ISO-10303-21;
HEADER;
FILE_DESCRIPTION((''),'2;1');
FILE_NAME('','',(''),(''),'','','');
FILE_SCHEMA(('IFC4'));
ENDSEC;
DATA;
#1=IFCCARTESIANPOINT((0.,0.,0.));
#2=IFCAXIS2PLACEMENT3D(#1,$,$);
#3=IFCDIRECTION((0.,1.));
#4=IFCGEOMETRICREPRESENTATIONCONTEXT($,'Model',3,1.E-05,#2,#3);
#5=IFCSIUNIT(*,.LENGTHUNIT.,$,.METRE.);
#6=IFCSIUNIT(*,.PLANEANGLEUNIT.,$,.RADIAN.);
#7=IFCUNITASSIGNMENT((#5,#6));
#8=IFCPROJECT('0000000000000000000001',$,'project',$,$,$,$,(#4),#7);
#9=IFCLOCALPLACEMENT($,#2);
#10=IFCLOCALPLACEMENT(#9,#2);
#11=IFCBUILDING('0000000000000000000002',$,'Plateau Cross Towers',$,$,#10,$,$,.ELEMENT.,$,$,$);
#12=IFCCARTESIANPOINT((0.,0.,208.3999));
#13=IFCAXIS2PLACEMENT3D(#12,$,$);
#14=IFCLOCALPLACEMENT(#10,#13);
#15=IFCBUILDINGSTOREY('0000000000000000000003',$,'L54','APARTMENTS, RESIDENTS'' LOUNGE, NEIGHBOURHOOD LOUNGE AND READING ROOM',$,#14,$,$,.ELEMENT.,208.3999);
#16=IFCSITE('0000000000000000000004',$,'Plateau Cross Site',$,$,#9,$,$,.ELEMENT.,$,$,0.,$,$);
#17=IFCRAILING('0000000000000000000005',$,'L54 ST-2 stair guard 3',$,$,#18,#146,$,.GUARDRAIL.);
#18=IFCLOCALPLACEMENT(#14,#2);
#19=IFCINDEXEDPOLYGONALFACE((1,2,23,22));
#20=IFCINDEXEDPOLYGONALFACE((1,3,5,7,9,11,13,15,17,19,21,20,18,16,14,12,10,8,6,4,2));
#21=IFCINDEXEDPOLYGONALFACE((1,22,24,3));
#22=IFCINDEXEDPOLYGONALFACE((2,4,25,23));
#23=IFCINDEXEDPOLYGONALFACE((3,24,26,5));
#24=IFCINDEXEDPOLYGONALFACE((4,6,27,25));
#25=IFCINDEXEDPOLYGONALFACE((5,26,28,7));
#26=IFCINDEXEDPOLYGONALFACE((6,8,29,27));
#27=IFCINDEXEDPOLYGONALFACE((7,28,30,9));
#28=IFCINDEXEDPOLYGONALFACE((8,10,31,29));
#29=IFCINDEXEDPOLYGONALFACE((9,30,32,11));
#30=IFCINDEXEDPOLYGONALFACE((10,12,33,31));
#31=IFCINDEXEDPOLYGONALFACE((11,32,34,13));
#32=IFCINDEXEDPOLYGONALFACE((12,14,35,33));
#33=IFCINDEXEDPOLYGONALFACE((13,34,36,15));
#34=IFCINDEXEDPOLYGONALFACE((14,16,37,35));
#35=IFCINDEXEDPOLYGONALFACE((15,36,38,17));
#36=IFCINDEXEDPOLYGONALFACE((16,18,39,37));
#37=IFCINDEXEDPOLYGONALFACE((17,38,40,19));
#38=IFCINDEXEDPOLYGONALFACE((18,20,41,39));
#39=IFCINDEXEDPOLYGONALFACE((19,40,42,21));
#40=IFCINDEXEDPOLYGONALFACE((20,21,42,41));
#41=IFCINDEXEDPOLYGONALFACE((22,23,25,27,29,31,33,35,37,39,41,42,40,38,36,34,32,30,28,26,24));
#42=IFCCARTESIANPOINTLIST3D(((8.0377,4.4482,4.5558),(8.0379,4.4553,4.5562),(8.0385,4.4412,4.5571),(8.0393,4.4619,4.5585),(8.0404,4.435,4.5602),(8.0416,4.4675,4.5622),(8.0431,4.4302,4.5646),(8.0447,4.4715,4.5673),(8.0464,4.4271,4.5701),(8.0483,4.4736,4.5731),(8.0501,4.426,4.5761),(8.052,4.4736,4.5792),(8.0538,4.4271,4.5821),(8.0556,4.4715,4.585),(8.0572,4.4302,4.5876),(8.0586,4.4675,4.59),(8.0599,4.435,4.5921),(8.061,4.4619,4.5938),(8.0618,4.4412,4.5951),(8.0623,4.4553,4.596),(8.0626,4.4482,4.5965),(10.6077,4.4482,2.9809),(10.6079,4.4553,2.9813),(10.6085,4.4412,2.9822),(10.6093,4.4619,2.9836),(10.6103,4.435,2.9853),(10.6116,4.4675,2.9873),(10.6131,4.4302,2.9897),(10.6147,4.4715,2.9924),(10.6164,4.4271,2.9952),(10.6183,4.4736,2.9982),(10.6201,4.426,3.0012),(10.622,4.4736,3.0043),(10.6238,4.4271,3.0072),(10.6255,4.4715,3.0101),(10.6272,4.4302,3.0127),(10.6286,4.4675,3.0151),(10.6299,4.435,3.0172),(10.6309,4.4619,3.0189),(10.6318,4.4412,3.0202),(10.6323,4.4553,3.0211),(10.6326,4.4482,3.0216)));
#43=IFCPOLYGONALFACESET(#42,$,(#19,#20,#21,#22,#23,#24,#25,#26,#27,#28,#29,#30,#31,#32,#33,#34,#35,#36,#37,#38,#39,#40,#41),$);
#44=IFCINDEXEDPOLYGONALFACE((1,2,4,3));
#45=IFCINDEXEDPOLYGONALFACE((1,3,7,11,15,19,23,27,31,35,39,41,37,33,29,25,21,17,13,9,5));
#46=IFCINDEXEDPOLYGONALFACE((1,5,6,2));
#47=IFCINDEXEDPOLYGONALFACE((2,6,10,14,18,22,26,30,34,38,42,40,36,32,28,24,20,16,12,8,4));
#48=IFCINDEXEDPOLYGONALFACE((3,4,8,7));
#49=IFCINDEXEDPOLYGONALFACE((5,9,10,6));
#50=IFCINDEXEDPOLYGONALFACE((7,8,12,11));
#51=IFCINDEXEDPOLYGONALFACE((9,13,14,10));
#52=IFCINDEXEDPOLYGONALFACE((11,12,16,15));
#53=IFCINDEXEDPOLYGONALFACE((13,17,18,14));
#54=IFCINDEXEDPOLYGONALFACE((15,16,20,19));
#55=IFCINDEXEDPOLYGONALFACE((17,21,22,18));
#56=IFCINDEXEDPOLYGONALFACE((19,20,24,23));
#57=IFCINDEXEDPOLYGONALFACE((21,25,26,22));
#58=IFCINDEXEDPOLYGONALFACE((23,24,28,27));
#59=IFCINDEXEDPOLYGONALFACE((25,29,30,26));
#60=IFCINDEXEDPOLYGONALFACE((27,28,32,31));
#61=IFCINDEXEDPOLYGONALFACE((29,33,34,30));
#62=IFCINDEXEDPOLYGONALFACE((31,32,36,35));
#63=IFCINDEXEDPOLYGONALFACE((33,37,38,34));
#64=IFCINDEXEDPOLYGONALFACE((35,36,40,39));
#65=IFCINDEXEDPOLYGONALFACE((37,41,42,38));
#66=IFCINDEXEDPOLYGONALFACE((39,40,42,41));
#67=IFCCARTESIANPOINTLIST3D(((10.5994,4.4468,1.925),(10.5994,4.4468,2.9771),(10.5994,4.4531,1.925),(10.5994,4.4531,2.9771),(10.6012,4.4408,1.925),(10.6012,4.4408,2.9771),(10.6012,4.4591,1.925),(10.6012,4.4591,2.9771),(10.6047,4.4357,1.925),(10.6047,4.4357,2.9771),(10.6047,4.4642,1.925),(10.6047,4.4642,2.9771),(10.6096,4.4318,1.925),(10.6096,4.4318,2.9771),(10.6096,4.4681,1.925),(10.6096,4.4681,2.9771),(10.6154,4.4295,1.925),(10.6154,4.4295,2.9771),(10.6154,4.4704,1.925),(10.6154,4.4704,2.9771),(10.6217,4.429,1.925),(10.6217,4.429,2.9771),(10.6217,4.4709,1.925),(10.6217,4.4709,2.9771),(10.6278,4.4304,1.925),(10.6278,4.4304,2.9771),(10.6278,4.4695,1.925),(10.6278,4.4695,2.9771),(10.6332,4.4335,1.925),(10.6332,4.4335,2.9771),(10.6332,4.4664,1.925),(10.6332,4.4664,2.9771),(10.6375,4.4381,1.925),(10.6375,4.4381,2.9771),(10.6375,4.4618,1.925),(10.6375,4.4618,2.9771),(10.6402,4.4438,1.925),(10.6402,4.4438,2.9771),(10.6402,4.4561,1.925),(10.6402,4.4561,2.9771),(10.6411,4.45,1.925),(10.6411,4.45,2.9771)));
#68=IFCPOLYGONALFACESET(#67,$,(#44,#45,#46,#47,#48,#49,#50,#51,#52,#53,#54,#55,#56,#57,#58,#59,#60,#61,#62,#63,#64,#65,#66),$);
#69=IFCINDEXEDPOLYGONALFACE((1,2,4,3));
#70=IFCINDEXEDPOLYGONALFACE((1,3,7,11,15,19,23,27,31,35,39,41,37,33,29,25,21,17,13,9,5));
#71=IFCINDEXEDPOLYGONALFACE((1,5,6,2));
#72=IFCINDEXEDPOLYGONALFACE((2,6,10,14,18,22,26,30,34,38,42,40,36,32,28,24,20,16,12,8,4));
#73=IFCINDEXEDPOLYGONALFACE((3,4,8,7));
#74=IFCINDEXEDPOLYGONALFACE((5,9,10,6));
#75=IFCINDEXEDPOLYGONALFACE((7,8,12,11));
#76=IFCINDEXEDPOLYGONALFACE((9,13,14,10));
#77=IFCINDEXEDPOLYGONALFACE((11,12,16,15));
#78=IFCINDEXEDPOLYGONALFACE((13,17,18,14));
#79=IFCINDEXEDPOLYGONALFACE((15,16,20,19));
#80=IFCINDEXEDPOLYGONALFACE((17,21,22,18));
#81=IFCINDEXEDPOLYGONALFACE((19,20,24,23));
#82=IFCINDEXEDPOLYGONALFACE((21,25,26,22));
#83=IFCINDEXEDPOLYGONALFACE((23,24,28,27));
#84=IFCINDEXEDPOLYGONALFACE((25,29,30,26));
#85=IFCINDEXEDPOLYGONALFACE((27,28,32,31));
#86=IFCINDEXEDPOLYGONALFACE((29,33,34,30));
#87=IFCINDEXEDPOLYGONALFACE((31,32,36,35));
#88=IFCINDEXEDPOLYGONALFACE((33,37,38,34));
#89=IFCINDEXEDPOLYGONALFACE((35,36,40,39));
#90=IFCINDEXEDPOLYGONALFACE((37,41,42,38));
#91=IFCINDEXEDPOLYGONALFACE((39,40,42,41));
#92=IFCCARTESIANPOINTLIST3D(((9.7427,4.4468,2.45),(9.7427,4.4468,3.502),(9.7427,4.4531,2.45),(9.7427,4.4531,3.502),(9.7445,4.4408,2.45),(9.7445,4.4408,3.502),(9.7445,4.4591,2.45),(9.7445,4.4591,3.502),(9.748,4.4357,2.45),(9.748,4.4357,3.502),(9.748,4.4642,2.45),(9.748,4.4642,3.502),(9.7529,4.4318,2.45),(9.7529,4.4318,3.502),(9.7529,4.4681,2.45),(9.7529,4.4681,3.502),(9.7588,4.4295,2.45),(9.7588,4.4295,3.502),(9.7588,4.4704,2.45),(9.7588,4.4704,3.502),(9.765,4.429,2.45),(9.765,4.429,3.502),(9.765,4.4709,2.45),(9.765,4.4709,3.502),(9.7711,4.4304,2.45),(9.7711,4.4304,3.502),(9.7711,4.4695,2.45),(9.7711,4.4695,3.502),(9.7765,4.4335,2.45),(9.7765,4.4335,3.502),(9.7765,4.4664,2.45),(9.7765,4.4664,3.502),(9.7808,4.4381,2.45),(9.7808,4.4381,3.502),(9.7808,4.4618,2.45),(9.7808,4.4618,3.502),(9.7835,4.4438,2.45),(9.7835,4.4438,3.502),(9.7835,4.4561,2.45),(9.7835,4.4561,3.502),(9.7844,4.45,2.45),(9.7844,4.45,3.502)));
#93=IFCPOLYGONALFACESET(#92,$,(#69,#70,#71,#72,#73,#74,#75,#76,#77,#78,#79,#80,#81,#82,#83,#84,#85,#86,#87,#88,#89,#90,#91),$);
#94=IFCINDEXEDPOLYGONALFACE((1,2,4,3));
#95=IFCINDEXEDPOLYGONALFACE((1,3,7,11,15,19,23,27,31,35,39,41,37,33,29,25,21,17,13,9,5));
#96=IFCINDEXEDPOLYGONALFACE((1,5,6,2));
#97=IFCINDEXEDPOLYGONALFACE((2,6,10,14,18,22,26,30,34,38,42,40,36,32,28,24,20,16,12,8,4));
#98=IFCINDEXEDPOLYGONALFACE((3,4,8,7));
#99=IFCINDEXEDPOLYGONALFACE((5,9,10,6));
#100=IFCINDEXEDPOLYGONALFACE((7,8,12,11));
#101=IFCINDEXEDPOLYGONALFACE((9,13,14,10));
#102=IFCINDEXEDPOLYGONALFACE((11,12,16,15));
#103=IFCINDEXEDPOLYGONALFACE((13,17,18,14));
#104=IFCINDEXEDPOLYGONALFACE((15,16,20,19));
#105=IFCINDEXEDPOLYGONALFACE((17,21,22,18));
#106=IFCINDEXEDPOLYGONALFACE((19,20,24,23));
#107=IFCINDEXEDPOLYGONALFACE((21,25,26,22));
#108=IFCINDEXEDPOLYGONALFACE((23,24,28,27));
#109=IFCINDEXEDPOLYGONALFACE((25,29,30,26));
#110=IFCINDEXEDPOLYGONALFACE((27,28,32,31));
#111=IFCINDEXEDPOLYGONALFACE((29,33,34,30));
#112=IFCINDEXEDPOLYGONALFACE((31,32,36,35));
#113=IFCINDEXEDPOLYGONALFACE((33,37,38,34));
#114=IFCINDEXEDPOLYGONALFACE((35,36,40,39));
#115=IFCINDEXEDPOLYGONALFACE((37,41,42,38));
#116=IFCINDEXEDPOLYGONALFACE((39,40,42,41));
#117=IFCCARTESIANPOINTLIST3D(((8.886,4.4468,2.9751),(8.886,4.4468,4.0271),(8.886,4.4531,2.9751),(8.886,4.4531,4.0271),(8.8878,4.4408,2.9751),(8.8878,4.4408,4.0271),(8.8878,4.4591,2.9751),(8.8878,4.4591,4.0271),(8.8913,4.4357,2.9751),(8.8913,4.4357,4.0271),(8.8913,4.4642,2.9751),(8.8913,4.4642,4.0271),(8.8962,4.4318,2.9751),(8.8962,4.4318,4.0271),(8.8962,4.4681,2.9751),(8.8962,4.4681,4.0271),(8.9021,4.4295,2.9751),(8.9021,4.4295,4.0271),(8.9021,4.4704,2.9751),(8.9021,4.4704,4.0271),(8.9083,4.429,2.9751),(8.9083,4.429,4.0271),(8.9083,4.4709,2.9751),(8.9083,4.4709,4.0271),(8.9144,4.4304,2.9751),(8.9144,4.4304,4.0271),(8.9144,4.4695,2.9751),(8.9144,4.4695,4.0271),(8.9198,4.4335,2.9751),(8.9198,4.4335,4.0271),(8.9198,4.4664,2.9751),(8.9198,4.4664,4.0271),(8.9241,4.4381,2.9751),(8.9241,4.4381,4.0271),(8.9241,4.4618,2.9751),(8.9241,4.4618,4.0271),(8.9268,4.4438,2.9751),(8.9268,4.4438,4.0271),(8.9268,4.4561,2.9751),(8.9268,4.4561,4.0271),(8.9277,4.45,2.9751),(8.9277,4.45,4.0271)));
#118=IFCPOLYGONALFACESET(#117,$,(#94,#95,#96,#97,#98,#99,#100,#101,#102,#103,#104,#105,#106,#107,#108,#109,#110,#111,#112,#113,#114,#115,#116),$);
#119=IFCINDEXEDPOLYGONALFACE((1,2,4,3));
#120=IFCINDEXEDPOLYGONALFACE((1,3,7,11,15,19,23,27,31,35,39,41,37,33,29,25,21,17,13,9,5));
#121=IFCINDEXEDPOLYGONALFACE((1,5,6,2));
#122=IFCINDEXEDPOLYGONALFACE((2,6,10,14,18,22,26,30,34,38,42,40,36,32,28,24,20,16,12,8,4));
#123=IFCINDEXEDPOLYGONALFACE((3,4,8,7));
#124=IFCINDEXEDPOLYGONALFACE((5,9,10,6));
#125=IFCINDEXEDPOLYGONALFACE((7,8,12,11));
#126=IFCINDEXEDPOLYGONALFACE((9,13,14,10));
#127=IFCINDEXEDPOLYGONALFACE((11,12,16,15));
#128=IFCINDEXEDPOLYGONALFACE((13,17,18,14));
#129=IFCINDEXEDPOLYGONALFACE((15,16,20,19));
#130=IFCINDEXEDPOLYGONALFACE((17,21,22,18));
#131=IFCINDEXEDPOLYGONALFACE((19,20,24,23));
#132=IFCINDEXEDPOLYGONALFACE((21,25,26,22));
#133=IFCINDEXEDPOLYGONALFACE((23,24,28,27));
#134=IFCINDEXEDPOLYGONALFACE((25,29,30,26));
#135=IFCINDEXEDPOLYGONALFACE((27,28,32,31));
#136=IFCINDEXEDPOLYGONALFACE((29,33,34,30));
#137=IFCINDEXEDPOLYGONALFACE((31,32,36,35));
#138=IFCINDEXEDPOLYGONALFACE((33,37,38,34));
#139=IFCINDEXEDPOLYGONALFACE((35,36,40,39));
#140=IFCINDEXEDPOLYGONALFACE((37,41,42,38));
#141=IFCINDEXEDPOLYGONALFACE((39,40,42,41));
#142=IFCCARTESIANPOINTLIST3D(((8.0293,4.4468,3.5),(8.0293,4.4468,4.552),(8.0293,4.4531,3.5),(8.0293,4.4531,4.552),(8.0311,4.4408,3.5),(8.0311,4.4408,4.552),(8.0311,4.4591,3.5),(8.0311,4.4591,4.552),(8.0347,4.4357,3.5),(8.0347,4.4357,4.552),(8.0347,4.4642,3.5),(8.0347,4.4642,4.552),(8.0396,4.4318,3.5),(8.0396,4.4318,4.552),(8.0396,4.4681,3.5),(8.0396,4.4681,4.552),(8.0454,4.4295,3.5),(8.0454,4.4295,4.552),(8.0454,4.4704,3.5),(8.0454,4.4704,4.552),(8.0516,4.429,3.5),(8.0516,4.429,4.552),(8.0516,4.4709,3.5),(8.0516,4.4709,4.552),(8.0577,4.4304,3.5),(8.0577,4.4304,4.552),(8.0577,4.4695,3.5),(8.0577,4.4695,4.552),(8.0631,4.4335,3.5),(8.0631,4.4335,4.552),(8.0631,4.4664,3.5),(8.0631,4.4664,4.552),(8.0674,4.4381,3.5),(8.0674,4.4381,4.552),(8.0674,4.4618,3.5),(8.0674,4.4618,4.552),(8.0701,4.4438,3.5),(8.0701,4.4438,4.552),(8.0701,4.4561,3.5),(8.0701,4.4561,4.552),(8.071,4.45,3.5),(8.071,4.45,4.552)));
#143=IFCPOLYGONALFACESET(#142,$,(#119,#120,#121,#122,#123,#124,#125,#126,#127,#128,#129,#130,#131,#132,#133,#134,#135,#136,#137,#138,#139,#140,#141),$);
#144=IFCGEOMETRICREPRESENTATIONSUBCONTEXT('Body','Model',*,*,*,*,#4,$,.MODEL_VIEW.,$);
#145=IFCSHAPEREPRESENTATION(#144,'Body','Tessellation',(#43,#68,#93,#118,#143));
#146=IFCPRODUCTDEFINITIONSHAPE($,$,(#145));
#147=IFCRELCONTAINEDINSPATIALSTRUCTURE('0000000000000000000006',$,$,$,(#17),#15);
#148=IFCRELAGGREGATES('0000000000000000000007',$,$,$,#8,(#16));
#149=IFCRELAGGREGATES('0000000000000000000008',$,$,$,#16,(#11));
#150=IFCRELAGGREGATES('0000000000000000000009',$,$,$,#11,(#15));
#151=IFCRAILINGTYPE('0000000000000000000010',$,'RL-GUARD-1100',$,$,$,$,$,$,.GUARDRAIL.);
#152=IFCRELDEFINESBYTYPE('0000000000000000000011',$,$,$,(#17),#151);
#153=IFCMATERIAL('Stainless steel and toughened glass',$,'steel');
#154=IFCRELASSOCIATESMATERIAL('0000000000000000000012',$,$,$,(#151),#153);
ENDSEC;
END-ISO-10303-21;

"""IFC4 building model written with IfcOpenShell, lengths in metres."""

from ifc_helpers import new_model, si_unit, direction, frame, origin, origin_2d, place, context, subcontext, project, spatial, circle, extrude, material, type_object, element, save


model = new_model("IFC4")

# Units and contexts
model_context = context("Model", 3, precision=1e-05, world=origin(), true_north=direction((0.0, 1.0)))
body_context = subcontext(model_context, "Body", "Model", "MODEL_VIEW")
ifc_project = project(units=[si_unit("LENGTHUNIT", "METRE"), si_unit("PLANEANGLEUNIT", "RADIAN")], contexts=[model_context])

# Site, building, storey
site_placement = place(None, origin())
site = spatial("IfcSite", under=ifc_project, at=site_placement, Name="Plateau Cross Site", CompositionType="ELEMENT", RefElevation=0.0)
building_placement = place(site_placement, origin())
building = spatial("IfcBuilding", under=site, at=building_placement, Name="Plateau Cross Towers", CompositionType="ELEMENT")
storey_placement = place(building_placement, frame((0.0, 0.0, 208.3999)))
storey = spatial("IfcBuildingStorey", under=building, at=storey_placement, Name="L54", Description="APARTMENTS, RESIDENTS' LOUNGE, NEIGHBOURHOOD LOUNGE AND READING ROOM", CompositionType="ELEMENT", Elevation=208.3999)

# Railing
ifc_material_1 = material(Name="Stainless steel and toughened glass", Category="steel")
railing_type_1 = type_object("IfcRailingType", Name="RL-GUARD-1100", PredefinedType="GUARDRAIL", material=ifc_material_1)
railing_1_placement = place(storey_placement, frame((10.6201, 4.45, 1.925)))
element("IfcRailing", 1, at=railing_1_placement, inside=storey, type_object=railing_type_1, Name="L54 ST-2 stair guard 3", PredefinedType="GUARDRAIL", context=body_context, shape_type="SweptSolid", body=[
    extrude(circle(Radius=0.0239, at=origin_2d()), frame((0.0, 0.0, 1.0762), z_axis=(-0.852639, 0.0, 0.522501), x_axis=(0.0, -1.0, 0.0)), (0.0, 0.0, 1.0), 3.0142),
    extrude(circle(Radius=0.021, at=origin_2d()), origin(), (0.0, 0.0, 1.0), 1.052),
    extrude(circle(Radius=0.021, at=origin_2d()), frame((-0.8567, 0.0, 0.5249)), (0.0, 0.0, 1.0), 1.052),
    extrude(circle(Radius=0.021, at=origin_2d()), frame((-1.7134, 0.0, 1.05)), (0.0, 0.0, 1.0), 1.052),
    extrude(circle(Radius=0.021, at=origin_2d()), frame((-2.5701, 0.0, 1.575)), (0.0, 0.0, 1.0), 1.052),
])

save(model, "model.ifc")
